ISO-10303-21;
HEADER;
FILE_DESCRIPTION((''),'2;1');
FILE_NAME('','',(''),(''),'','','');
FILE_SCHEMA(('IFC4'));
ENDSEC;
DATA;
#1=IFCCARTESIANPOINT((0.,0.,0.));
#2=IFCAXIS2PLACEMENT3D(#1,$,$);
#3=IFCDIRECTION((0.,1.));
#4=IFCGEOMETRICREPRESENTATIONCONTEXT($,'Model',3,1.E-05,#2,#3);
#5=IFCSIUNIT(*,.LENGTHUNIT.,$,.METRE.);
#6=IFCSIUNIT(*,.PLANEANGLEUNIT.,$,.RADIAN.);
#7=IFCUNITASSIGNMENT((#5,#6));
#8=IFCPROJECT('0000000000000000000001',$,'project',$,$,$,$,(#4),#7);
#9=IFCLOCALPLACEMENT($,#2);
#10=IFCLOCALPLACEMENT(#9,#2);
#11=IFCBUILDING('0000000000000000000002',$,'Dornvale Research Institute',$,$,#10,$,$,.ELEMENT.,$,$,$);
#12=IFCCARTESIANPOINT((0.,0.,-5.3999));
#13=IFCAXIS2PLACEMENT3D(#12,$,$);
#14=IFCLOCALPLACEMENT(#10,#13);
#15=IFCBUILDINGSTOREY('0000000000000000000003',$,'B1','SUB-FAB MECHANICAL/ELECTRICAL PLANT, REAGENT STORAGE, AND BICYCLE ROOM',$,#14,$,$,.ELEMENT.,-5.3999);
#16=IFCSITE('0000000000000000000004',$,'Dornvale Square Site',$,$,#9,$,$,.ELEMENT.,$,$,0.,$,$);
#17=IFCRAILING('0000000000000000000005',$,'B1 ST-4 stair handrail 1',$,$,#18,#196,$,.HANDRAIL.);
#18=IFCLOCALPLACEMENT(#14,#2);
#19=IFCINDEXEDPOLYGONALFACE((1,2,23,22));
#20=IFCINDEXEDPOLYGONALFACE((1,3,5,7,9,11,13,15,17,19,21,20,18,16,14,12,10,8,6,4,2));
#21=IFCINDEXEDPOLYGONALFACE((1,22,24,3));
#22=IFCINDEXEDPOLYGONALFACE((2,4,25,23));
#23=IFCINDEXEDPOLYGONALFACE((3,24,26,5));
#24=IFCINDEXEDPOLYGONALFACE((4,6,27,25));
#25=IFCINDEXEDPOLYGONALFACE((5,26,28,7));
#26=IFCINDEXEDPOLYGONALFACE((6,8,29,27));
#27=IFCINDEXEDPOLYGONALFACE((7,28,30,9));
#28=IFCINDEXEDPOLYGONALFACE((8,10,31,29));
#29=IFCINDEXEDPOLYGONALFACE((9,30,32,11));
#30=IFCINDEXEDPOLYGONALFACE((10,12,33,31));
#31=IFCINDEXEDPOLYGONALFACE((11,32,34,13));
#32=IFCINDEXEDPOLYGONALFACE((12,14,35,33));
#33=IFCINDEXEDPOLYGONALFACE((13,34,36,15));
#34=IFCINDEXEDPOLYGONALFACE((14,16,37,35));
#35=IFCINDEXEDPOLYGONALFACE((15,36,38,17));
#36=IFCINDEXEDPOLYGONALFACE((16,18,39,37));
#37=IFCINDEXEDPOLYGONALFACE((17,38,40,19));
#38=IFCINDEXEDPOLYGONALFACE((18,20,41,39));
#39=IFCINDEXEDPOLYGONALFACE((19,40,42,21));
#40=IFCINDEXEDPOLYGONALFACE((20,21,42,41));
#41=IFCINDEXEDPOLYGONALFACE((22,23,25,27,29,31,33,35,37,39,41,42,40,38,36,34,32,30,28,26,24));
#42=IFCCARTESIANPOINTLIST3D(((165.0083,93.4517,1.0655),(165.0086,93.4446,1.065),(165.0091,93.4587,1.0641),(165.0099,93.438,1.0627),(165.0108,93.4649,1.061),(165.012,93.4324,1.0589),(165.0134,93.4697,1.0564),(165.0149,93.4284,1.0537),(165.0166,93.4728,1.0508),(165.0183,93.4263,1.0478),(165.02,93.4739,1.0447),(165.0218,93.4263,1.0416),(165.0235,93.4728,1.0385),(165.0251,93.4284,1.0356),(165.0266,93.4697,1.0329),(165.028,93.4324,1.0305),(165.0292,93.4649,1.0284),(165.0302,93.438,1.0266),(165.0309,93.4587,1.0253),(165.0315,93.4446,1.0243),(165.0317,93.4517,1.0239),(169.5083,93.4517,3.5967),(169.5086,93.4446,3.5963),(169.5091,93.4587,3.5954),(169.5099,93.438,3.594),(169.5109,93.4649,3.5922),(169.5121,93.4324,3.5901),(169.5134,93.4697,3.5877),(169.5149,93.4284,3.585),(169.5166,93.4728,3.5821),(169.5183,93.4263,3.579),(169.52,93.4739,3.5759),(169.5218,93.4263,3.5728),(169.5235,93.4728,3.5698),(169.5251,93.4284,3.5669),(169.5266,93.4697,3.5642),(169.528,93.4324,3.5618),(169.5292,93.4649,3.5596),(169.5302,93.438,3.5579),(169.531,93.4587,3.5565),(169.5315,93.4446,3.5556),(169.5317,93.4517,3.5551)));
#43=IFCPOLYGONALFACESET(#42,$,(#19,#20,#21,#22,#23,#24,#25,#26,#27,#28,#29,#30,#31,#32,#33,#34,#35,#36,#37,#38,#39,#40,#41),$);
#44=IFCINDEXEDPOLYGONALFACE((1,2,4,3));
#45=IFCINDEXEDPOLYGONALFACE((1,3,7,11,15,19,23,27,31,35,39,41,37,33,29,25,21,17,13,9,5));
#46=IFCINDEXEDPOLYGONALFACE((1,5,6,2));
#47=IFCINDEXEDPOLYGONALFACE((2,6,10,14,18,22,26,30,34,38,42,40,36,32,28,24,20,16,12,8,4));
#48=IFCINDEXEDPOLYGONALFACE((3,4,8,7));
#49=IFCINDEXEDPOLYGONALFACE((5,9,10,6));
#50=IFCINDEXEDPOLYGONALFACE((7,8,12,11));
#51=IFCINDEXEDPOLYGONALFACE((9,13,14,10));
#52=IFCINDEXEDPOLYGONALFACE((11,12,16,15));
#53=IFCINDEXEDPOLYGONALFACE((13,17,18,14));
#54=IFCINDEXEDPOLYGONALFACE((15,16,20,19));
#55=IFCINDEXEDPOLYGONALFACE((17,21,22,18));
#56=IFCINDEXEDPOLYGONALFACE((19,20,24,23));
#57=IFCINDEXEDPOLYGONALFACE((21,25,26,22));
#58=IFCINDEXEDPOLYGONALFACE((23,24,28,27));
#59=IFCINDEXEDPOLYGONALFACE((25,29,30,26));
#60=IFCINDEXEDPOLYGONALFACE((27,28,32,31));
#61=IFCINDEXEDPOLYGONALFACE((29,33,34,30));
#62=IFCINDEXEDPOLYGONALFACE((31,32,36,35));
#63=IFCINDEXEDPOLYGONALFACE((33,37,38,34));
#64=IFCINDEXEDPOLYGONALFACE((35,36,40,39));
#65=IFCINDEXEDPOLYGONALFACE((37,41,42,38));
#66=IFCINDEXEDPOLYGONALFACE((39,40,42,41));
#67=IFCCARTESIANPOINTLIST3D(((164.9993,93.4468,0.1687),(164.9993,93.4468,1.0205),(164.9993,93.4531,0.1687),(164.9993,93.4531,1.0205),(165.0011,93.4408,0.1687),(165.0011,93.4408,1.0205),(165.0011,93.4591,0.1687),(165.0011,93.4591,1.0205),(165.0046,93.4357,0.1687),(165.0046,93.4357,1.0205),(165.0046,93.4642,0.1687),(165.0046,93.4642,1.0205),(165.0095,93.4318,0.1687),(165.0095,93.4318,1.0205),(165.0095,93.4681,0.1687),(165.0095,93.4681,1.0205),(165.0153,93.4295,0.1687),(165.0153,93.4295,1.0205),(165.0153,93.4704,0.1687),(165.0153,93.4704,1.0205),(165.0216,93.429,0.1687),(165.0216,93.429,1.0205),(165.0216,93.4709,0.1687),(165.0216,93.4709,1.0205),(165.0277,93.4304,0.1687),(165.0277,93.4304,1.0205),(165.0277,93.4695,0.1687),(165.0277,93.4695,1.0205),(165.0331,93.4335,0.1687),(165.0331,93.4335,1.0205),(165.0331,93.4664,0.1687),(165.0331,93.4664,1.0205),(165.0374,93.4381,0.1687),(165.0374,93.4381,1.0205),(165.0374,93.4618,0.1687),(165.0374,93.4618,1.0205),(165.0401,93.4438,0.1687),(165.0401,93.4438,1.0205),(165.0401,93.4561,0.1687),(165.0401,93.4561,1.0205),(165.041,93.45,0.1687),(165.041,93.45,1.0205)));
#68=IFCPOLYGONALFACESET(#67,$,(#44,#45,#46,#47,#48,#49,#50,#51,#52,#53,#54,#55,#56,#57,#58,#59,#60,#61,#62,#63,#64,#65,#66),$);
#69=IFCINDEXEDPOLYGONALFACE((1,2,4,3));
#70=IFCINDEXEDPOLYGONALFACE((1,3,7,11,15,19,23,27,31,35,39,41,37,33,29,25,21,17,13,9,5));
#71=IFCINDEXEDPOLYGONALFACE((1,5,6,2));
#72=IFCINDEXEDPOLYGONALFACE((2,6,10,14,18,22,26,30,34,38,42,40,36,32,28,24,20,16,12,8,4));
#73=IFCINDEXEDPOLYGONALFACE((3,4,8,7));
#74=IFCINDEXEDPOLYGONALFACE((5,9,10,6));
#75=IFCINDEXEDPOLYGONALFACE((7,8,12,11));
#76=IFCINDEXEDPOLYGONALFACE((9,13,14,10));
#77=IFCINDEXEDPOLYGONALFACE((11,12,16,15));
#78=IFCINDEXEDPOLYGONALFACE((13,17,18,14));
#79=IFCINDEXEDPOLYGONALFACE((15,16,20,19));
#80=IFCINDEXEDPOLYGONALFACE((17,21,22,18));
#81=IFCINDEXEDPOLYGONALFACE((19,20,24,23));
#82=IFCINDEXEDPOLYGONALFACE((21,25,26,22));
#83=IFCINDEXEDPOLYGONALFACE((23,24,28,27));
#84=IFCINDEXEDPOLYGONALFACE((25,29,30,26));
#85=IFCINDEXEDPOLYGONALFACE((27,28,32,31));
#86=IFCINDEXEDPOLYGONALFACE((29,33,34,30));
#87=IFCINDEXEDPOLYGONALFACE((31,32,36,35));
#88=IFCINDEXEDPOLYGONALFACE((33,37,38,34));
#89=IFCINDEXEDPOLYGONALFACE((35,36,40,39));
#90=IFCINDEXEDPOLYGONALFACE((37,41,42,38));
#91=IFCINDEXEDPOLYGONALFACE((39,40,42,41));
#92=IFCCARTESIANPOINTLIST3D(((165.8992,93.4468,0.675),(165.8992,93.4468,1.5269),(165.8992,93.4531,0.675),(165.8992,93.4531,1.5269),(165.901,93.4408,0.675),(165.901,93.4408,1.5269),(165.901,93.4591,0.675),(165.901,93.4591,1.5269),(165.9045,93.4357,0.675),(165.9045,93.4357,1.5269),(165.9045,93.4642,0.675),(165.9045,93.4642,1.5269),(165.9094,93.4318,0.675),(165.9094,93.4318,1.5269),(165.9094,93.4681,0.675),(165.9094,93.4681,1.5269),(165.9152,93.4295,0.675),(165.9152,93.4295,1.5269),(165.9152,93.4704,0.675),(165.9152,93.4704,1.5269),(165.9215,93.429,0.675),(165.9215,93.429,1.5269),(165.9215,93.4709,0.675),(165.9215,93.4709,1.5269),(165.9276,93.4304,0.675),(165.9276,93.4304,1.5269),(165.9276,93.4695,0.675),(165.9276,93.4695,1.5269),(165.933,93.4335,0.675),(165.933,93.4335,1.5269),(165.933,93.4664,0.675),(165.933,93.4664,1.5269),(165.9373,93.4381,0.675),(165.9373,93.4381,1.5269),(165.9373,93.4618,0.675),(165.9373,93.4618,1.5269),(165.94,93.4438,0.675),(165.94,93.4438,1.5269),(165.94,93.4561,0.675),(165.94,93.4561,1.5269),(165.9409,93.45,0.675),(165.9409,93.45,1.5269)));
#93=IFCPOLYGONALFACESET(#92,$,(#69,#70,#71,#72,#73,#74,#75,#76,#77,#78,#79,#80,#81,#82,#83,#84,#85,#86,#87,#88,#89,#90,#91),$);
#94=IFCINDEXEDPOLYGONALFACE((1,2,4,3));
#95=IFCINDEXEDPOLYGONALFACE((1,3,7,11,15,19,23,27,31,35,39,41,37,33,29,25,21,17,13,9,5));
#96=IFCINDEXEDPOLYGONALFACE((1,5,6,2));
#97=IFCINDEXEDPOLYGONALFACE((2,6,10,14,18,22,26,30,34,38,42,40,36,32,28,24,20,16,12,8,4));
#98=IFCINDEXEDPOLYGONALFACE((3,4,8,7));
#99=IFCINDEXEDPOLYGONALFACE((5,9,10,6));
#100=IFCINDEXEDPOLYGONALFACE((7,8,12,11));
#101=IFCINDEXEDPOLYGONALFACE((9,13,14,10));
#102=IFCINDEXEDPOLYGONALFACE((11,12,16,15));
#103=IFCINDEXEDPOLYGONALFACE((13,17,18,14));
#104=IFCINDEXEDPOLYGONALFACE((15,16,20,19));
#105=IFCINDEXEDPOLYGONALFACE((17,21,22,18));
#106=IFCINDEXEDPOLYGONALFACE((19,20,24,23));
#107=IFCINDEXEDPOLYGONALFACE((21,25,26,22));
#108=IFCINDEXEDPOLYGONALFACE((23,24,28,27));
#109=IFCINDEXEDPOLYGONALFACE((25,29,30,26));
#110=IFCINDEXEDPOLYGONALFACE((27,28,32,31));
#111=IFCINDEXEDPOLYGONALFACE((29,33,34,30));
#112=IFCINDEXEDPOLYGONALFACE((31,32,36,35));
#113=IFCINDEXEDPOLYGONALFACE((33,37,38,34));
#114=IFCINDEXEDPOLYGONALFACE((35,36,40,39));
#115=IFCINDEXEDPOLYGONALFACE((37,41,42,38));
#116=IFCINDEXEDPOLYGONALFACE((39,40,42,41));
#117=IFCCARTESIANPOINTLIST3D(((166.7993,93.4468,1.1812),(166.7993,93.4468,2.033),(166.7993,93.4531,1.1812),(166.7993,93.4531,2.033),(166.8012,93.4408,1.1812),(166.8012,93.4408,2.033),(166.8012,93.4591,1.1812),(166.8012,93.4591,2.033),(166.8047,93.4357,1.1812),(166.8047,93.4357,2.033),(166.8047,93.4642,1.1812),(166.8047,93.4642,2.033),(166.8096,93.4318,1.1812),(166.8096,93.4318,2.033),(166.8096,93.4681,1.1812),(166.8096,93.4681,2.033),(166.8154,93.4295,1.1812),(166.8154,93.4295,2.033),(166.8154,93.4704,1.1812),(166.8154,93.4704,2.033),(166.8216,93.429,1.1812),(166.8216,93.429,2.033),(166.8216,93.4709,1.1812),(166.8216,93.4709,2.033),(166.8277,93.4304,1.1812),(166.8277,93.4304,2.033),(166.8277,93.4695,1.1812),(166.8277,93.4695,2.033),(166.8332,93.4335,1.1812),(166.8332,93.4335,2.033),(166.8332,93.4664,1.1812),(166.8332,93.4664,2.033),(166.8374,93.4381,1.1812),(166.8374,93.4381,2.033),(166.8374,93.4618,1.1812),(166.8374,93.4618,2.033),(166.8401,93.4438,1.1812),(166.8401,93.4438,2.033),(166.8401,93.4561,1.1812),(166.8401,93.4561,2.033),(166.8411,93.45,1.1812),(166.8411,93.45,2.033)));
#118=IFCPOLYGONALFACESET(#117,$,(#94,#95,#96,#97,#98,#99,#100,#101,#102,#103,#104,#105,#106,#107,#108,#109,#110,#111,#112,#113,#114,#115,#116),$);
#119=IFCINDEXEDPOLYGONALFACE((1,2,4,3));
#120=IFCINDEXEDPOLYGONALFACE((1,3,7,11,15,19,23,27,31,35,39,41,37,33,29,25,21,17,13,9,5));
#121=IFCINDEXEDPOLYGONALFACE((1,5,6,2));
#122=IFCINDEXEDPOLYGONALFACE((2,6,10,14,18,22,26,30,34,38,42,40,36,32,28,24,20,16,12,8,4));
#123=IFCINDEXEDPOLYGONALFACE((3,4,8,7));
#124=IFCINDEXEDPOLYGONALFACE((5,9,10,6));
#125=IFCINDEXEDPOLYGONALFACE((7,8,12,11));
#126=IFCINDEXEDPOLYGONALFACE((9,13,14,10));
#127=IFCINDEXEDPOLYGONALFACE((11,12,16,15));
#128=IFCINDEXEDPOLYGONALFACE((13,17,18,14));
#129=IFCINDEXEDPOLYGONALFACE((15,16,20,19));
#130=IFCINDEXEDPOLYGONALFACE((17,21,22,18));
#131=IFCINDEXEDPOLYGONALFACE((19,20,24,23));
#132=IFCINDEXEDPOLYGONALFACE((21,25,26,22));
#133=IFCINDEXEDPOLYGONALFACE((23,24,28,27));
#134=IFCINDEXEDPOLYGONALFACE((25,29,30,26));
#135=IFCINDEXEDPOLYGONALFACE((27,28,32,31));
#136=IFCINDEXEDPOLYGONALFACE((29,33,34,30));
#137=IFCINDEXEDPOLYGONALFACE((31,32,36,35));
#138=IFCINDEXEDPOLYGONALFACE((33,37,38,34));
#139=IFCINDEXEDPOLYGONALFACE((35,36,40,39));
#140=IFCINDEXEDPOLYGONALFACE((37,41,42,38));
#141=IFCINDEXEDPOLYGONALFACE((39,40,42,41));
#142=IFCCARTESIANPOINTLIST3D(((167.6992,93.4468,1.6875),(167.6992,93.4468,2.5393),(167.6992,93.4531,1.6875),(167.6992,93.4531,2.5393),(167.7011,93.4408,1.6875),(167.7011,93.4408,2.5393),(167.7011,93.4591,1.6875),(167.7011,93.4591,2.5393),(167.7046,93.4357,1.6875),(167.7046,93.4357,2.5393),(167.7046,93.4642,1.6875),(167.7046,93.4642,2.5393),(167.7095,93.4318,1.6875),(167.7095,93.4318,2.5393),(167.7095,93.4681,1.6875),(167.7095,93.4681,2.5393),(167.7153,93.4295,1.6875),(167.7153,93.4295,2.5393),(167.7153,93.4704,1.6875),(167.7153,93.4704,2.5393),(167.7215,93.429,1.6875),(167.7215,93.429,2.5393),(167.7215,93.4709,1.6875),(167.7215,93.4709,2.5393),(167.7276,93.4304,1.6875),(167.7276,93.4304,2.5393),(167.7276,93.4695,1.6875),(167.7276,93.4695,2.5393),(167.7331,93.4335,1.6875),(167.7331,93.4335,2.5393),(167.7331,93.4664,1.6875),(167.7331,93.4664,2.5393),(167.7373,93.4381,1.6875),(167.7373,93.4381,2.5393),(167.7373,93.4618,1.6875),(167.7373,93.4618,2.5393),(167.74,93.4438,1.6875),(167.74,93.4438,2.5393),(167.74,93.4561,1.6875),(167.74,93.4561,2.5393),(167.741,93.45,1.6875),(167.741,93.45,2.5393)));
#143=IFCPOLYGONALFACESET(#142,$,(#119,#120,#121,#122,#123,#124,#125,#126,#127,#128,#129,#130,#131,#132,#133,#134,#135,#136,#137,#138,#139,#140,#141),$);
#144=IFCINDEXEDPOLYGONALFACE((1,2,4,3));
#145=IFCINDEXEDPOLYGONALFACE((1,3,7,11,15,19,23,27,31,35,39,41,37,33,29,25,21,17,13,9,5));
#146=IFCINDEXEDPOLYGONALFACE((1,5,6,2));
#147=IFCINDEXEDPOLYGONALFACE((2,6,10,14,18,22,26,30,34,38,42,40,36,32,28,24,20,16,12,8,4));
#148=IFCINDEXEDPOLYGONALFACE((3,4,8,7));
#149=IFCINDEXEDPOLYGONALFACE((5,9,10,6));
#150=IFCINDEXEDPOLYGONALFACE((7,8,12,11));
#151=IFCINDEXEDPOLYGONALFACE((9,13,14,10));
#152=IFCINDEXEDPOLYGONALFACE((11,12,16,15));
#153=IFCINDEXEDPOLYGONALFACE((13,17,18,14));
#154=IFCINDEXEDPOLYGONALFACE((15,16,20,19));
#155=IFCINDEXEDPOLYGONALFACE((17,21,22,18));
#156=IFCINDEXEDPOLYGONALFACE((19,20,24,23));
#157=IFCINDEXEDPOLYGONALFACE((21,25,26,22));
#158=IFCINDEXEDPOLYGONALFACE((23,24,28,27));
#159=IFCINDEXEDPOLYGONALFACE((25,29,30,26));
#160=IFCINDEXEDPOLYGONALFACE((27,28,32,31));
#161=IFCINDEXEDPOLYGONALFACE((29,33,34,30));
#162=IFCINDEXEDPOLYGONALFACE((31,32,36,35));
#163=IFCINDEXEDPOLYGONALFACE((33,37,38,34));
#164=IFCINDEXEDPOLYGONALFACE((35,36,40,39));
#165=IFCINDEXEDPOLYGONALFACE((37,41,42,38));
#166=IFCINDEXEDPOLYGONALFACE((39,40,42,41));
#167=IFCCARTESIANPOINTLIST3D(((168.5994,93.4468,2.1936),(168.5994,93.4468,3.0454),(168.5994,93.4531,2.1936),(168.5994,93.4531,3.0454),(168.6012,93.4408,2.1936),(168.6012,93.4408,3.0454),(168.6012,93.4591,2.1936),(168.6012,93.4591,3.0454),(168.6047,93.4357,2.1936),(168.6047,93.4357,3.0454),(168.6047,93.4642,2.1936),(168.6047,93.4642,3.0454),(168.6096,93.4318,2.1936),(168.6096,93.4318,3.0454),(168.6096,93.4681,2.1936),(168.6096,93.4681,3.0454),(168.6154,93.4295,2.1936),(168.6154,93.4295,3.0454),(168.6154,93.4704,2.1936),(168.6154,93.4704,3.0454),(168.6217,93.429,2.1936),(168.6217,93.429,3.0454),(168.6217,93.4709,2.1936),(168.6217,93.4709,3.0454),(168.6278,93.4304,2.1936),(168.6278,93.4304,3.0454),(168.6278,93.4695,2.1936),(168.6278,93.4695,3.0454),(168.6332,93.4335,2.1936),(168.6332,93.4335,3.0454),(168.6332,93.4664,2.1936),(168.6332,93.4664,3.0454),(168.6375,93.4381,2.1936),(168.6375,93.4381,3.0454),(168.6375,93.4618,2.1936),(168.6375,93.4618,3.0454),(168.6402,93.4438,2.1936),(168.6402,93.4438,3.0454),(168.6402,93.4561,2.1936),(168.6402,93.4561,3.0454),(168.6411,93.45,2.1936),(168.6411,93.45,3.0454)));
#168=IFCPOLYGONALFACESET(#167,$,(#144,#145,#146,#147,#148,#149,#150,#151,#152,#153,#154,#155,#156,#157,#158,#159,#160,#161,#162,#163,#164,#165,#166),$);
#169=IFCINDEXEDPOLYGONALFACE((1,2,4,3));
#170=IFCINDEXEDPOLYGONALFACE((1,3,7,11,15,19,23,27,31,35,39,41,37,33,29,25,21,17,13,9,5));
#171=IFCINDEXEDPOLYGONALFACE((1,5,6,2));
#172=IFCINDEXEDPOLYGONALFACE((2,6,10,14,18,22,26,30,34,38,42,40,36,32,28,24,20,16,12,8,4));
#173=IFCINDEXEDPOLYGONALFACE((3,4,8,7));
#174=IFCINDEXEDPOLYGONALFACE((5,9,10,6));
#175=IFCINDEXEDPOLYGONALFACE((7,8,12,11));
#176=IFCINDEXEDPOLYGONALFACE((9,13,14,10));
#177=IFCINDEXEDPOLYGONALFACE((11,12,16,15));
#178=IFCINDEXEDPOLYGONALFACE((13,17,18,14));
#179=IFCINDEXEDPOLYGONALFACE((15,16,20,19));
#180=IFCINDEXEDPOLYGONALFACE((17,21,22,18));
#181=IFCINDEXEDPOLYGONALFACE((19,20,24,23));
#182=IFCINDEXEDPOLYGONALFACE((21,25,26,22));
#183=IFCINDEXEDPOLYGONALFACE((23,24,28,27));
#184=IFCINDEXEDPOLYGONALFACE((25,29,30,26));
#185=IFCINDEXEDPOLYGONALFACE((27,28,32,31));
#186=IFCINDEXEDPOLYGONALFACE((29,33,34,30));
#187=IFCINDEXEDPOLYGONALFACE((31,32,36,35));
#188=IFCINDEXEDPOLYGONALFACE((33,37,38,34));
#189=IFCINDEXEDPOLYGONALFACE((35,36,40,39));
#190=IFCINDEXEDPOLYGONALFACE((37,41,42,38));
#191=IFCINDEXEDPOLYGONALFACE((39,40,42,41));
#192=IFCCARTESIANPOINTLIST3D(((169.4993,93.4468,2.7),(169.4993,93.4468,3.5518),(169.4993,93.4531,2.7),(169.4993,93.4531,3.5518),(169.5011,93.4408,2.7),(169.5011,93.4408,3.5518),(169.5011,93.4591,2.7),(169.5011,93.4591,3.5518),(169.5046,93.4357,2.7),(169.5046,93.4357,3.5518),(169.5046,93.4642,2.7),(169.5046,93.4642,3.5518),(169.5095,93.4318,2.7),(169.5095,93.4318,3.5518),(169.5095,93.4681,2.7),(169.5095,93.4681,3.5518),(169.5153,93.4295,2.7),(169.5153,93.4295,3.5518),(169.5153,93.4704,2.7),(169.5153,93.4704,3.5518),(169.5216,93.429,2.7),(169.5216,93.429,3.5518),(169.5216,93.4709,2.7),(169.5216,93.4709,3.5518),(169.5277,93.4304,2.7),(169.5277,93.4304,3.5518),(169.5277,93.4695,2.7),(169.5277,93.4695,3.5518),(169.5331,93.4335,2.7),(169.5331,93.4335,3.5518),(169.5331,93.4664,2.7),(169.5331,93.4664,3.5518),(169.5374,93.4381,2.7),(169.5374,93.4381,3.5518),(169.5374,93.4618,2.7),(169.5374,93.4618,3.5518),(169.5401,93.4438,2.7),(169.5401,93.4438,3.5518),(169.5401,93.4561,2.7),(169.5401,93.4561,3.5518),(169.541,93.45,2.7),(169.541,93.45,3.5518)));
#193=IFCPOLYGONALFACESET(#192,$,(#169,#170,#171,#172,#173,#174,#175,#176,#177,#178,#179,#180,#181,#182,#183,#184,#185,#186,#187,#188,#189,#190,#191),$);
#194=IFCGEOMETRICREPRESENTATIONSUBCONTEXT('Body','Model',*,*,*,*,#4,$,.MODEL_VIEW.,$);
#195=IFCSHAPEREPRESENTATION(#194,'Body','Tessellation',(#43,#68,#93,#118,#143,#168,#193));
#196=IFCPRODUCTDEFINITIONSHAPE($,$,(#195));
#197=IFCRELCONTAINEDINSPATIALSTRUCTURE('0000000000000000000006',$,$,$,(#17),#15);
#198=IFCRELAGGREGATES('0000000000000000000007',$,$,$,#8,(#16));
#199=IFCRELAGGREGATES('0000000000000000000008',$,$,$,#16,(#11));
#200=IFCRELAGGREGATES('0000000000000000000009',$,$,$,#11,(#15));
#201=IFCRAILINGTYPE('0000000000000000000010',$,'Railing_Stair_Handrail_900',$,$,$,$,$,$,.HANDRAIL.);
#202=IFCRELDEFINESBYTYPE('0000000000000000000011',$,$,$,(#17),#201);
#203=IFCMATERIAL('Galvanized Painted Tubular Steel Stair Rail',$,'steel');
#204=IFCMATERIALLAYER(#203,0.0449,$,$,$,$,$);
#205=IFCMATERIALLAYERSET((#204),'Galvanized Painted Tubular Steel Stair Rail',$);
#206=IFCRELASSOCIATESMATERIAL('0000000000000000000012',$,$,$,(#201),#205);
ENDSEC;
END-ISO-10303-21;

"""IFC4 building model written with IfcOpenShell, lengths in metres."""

from ifc_helpers import new_model, si_unit, direction, frame, origin, origin_2d, place, context, subcontext, project, spatial, circle, extrude, material, layer, layer_set, type_object, element, save


model = new_model("IFC4")

# Units and contexts
model_context = context("Model", 3, precision=1e-05, world=origin(), true_north=direction((0.0, 1.0)))
body_context = subcontext(model_context, "Body", "Model", "MODEL_VIEW")
ifc_project = project(units=[si_unit("LENGTHUNIT", "METRE"), si_unit("PLANEANGLEUNIT", "RADIAN")], contexts=[model_context])

# Site, building, storey
site_placement = place(None, origin())
site = spatial("IfcSite", under=ifc_project, at=site_placement, Name="Dornvale Square Site", CompositionType="ELEMENT", RefElevation=0.0)
building_placement = place(site_placement, origin())
building = spatial("IfcBuilding", under=site, at=building_placement, Name="Dornvale Research Institute", CompositionType="ELEMENT")
storey_placement = place(building_placement, frame((0.0, 0.0, -5.3999)))
storey = spatial("IfcBuildingStorey", under=building, at=storey_placement, Name="B1", Description="SUB-FAB MECHANICAL/ELECTRICAL PLANT, REAGENT STORAGE, AND BICYCLE ROOM", CompositionType="ELEMENT", Elevation=-5.3999)

# Railing
ifc_material_1 = material(Name="Galvanized Painted Tubular Steel Stair Rail", Category="steel")
ifc_layer_1 = layer(ifc_material_1, 0.0449)
ifc_layer_set_1 = layer_set([ifc_layer_1], Name="Galvanized Painted Tubular Steel Stair Rail")
railing_type = type_object("IfcRailingType", Name="Railing_Stair_Handrail_900", PredefinedType="HANDRAIL", material=ifc_layer_set_1)
railing_placement = place(storey_placement, frame((165.02, 93.45, 0.1687)))
element("IfcRailing", 1, at=railing_placement, inside=storey, type_object=railing_type, Name="B1 ST-4 stair handrail 1", PredefinedType="HANDRAIL", context=body_context, shape_type="SweptSolid", body=[
    extrude(circle(Radius=0.0239, at=origin_2d()), frame((0.0, 0.0, 0.876), z_axis=(0.871576, 0.0, 0.490261), x_axis=(0.0, 1.0, 0.0)), (0.0, 0.0, 1.0), 5.1631),
    extrude(circle(Radius=0.021, at=origin_2d()), origin(), (0.0, 0.0, 1.0), 0.8518),
    extrude(circle(Radius=0.021, at=origin_2d()), frame((0.8999, 0.0, 0.5063)), (0.0, 0.0, 1.0), 0.8518),
    extrude(circle(Radius=0.021, at=origin_2d()), frame((1.8, 0.0, 1.0125)), (0.0, 0.0, 1.0), 0.8518),
    extrude(circle(Radius=0.021, at=origin_2d()), frame((2.7, 0.0, 1.5188)), (0.0, 0.0, 1.0), 0.8518),
    extrude(circle(Radius=0.021, at=origin_2d()), frame((3.6001, 0.0, 2.0249)), (0.0, 0.0, 1.0), 0.8518),
    extrude(circle(Radius=0.021, at=origin_2d()), frame((4.5, 0.0, 2.5312)), (0.0, 0.0, 1.0), 0.8518),
])

save(model, "model.ifc")
